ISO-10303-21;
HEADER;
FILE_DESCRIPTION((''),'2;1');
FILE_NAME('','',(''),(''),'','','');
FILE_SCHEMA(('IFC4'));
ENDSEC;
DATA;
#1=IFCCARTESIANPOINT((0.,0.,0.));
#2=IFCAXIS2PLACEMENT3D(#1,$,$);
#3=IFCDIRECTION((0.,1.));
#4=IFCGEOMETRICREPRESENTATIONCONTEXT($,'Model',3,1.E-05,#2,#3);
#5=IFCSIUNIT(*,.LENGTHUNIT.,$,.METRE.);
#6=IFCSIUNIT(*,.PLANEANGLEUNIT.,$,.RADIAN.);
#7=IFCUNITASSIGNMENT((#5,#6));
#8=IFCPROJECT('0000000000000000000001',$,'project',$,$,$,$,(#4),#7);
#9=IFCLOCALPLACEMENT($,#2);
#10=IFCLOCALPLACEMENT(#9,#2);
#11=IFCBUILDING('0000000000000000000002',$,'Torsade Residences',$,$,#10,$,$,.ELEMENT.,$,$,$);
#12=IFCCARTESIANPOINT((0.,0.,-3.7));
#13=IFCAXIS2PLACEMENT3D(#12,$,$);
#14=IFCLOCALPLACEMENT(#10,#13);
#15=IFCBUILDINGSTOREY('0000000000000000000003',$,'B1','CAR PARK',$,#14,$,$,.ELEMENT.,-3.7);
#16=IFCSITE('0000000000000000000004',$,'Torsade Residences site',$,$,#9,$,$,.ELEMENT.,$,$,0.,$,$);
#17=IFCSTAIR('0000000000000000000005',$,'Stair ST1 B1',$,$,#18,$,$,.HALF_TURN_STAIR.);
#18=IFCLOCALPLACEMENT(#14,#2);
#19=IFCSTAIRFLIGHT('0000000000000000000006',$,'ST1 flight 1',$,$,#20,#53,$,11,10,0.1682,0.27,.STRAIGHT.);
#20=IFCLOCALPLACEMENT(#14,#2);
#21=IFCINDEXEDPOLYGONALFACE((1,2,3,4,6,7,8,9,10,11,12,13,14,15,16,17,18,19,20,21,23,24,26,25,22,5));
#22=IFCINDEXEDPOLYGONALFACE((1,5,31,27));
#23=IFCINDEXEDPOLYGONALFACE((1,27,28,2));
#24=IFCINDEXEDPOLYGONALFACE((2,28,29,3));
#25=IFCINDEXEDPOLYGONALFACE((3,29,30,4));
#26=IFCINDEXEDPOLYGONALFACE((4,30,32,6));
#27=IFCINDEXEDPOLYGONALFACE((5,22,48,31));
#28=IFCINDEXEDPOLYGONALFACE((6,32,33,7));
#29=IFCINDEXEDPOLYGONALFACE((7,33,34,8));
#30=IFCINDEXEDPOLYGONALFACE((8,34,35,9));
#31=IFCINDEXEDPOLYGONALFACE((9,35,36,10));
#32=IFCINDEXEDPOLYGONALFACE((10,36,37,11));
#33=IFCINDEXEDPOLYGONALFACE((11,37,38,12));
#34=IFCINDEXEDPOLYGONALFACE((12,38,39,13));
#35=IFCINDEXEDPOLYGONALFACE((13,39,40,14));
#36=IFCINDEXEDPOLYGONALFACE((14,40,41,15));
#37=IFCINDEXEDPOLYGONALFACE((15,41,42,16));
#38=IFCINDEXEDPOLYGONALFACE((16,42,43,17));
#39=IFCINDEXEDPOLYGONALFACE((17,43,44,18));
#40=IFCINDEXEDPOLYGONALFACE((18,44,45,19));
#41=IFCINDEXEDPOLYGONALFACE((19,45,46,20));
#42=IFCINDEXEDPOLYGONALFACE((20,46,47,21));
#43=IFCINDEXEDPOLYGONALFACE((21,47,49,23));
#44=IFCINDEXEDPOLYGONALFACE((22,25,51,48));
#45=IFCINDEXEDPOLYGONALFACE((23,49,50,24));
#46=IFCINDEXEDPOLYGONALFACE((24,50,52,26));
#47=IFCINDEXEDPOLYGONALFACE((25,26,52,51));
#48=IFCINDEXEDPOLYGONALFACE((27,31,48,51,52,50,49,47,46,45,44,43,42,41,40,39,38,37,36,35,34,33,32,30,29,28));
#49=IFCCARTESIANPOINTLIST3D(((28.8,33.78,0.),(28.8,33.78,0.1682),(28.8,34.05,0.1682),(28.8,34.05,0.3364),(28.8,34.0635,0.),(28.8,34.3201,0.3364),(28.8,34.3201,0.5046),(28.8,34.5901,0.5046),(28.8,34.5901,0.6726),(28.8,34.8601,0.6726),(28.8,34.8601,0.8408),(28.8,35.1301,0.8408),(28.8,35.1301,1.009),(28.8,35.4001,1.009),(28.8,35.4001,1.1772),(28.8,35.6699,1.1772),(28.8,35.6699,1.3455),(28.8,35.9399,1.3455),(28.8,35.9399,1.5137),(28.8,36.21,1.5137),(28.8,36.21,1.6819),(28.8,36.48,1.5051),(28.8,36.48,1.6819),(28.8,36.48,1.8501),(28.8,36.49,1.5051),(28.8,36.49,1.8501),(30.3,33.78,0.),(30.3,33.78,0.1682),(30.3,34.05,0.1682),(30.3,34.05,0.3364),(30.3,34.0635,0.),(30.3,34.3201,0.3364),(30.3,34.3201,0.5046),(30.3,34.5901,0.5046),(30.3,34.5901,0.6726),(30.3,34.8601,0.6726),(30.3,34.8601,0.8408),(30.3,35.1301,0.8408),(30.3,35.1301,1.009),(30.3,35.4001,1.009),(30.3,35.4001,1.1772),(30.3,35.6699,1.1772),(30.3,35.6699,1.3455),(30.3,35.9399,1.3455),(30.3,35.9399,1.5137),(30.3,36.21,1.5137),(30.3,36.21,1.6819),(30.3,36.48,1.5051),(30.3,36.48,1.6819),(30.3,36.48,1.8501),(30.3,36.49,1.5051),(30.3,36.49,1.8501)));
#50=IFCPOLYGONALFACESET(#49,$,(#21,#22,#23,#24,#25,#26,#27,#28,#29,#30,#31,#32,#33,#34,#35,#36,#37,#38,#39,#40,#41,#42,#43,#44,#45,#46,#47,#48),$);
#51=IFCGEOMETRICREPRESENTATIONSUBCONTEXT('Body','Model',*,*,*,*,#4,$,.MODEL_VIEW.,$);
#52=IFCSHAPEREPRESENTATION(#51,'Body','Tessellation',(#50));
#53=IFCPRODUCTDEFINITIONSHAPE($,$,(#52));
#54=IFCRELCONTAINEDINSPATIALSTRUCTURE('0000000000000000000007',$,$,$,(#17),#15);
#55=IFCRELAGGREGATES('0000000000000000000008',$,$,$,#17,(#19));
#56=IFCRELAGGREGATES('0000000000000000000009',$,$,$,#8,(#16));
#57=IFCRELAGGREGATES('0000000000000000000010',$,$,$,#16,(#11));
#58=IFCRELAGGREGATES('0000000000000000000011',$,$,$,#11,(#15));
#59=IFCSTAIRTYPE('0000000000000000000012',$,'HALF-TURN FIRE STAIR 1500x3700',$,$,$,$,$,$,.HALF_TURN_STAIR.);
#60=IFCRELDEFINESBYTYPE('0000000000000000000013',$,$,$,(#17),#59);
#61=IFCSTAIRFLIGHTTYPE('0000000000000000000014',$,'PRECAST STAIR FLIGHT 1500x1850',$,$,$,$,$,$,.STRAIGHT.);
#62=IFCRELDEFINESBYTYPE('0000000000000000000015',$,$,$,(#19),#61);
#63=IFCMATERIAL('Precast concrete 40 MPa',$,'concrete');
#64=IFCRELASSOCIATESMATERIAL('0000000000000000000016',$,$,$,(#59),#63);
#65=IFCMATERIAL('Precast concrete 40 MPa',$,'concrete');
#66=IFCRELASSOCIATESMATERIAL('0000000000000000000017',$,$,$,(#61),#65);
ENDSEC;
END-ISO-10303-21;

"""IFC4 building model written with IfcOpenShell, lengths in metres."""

from ifc_helpers import new_model, si_unit, direction, frame, origin, place, context, subcontext, project, spatial, polyline, outline, extrude, material, type_object, element, aggregate, save


model = new_model("IFC4")

# Units and contexts
model_context = context("Model", 3, precision=1e-05, world=origin(), true_north=direction((0.0, 1.0)))
body_context = subcontext(model_context, "Body", "Model", "MODEL_VIEW")
ifc_project = project(units=[si_unit("LENGTHUNIT", "METRE"), si_unit("PLANEANGLEUNIT", "RADIAN")], contexts=[model_context])

# Site, building, storey
site_placement = place(None, origin())
site = spatial("IfcSite", under=ifc_project, at=site_placement, Name="Torsade Residences site", CompositionType="ELEMENT", RefElevation=0.0)
building_placement = place(site_placement, origin())
building = spatial("IfcBuilding", under=site, at=building_placement, Name="Torsade Residences", CompositionType="ELEMENT")
storey_placement = place(building_placement, frame((0.0, 0.0, -3.7)))
storey = spatial("IfcBuildingStorey", under=building, at=storey_placement, Name="B1", Description="CAR PARK", CompositionType="ELEMENT", Elevation=-3.7)

# Stair, stair flight
ifc_material_1 = material(Name="Precast concrete 40 MPa", Category="concrete")
stair_type = type_object("IfcStairType", Name="HALF-TURN FIRE STAIR 1500x3700", PredefinedType="HALF_TURN_STAIR", material=ifc_material_1)
stair_placement = place(storey_placement, origin())
stair = element("IfcStair", 1, at=stair_placement, inside=storey, type_object=stair_type, Name="Stair ST1 B1", PredefinedType="HALF_TURN_STAIR")
ifc_material_2 = material(Name="Precast concrete 40 MPa", Category="concrete")
stair_flight_type = type_object("IfcStairFlightType", Name="PRECAST STAIR FLIGHT 1500x1850", PredefinedType="STRAIGHT", material=ifc_material_2)
stair_flight_placement = place(storey_placement, frame((29.55, 33.78, 0.0), z_axis=(0.0, 0.0, 1.0), x_axis=(0.0, 1.0, 0.0)))
stair_flight = element("IfcStairFlight", 2, at=stair_flight_placement, type_object=stair_flight_type, Name="ST1 flight 1", NumberOfRisers=11, NumberOfTreads=10, PredefinedType="STRAIGHT", RiserHeight=0.1682, TreadLength=0.27, context=body_context, shape_type="SweptSolid", body=[
    extrude(outline(polyline([(0.0, 0.0), (0.0, 0.1682), (0.27, 0.1682), (0.27, 0.3364), (0.54, 0.3364), (0.54, 0.5046), (0.8101, 0.5046), (0.8101, 0.6726), (1.0801, 0.6726), (1.0801, 0.8408), (1.3501, 0.8408), (1.3501, 1.009), (1.6201, 1.009), (1.6201, 1.1772), (1.8899, 1.1772), (1.8899, 1.3455), (2.1599, 1.3455), (2.1599, 1.5137), (2.4299, 1.5137), (2.4299, 1.6819), (2.7, 1.6819), (2.7, 1.8501), (2.71, 1.8501), (2.71, 1.5051), (2.7, 1.5051), (0.2834, 0.0), (0.0, 0.0)])), frame((0.0, 0.75, 0.0), z_axis=(0.0, -1.0, 0.0), x_axis=(1.0, 0.0, 0.0)), (0.0, 0.0, 1.0), 1.5),
])
aggregate(stair, [stair_flight])

save(model, "model.ifc")
